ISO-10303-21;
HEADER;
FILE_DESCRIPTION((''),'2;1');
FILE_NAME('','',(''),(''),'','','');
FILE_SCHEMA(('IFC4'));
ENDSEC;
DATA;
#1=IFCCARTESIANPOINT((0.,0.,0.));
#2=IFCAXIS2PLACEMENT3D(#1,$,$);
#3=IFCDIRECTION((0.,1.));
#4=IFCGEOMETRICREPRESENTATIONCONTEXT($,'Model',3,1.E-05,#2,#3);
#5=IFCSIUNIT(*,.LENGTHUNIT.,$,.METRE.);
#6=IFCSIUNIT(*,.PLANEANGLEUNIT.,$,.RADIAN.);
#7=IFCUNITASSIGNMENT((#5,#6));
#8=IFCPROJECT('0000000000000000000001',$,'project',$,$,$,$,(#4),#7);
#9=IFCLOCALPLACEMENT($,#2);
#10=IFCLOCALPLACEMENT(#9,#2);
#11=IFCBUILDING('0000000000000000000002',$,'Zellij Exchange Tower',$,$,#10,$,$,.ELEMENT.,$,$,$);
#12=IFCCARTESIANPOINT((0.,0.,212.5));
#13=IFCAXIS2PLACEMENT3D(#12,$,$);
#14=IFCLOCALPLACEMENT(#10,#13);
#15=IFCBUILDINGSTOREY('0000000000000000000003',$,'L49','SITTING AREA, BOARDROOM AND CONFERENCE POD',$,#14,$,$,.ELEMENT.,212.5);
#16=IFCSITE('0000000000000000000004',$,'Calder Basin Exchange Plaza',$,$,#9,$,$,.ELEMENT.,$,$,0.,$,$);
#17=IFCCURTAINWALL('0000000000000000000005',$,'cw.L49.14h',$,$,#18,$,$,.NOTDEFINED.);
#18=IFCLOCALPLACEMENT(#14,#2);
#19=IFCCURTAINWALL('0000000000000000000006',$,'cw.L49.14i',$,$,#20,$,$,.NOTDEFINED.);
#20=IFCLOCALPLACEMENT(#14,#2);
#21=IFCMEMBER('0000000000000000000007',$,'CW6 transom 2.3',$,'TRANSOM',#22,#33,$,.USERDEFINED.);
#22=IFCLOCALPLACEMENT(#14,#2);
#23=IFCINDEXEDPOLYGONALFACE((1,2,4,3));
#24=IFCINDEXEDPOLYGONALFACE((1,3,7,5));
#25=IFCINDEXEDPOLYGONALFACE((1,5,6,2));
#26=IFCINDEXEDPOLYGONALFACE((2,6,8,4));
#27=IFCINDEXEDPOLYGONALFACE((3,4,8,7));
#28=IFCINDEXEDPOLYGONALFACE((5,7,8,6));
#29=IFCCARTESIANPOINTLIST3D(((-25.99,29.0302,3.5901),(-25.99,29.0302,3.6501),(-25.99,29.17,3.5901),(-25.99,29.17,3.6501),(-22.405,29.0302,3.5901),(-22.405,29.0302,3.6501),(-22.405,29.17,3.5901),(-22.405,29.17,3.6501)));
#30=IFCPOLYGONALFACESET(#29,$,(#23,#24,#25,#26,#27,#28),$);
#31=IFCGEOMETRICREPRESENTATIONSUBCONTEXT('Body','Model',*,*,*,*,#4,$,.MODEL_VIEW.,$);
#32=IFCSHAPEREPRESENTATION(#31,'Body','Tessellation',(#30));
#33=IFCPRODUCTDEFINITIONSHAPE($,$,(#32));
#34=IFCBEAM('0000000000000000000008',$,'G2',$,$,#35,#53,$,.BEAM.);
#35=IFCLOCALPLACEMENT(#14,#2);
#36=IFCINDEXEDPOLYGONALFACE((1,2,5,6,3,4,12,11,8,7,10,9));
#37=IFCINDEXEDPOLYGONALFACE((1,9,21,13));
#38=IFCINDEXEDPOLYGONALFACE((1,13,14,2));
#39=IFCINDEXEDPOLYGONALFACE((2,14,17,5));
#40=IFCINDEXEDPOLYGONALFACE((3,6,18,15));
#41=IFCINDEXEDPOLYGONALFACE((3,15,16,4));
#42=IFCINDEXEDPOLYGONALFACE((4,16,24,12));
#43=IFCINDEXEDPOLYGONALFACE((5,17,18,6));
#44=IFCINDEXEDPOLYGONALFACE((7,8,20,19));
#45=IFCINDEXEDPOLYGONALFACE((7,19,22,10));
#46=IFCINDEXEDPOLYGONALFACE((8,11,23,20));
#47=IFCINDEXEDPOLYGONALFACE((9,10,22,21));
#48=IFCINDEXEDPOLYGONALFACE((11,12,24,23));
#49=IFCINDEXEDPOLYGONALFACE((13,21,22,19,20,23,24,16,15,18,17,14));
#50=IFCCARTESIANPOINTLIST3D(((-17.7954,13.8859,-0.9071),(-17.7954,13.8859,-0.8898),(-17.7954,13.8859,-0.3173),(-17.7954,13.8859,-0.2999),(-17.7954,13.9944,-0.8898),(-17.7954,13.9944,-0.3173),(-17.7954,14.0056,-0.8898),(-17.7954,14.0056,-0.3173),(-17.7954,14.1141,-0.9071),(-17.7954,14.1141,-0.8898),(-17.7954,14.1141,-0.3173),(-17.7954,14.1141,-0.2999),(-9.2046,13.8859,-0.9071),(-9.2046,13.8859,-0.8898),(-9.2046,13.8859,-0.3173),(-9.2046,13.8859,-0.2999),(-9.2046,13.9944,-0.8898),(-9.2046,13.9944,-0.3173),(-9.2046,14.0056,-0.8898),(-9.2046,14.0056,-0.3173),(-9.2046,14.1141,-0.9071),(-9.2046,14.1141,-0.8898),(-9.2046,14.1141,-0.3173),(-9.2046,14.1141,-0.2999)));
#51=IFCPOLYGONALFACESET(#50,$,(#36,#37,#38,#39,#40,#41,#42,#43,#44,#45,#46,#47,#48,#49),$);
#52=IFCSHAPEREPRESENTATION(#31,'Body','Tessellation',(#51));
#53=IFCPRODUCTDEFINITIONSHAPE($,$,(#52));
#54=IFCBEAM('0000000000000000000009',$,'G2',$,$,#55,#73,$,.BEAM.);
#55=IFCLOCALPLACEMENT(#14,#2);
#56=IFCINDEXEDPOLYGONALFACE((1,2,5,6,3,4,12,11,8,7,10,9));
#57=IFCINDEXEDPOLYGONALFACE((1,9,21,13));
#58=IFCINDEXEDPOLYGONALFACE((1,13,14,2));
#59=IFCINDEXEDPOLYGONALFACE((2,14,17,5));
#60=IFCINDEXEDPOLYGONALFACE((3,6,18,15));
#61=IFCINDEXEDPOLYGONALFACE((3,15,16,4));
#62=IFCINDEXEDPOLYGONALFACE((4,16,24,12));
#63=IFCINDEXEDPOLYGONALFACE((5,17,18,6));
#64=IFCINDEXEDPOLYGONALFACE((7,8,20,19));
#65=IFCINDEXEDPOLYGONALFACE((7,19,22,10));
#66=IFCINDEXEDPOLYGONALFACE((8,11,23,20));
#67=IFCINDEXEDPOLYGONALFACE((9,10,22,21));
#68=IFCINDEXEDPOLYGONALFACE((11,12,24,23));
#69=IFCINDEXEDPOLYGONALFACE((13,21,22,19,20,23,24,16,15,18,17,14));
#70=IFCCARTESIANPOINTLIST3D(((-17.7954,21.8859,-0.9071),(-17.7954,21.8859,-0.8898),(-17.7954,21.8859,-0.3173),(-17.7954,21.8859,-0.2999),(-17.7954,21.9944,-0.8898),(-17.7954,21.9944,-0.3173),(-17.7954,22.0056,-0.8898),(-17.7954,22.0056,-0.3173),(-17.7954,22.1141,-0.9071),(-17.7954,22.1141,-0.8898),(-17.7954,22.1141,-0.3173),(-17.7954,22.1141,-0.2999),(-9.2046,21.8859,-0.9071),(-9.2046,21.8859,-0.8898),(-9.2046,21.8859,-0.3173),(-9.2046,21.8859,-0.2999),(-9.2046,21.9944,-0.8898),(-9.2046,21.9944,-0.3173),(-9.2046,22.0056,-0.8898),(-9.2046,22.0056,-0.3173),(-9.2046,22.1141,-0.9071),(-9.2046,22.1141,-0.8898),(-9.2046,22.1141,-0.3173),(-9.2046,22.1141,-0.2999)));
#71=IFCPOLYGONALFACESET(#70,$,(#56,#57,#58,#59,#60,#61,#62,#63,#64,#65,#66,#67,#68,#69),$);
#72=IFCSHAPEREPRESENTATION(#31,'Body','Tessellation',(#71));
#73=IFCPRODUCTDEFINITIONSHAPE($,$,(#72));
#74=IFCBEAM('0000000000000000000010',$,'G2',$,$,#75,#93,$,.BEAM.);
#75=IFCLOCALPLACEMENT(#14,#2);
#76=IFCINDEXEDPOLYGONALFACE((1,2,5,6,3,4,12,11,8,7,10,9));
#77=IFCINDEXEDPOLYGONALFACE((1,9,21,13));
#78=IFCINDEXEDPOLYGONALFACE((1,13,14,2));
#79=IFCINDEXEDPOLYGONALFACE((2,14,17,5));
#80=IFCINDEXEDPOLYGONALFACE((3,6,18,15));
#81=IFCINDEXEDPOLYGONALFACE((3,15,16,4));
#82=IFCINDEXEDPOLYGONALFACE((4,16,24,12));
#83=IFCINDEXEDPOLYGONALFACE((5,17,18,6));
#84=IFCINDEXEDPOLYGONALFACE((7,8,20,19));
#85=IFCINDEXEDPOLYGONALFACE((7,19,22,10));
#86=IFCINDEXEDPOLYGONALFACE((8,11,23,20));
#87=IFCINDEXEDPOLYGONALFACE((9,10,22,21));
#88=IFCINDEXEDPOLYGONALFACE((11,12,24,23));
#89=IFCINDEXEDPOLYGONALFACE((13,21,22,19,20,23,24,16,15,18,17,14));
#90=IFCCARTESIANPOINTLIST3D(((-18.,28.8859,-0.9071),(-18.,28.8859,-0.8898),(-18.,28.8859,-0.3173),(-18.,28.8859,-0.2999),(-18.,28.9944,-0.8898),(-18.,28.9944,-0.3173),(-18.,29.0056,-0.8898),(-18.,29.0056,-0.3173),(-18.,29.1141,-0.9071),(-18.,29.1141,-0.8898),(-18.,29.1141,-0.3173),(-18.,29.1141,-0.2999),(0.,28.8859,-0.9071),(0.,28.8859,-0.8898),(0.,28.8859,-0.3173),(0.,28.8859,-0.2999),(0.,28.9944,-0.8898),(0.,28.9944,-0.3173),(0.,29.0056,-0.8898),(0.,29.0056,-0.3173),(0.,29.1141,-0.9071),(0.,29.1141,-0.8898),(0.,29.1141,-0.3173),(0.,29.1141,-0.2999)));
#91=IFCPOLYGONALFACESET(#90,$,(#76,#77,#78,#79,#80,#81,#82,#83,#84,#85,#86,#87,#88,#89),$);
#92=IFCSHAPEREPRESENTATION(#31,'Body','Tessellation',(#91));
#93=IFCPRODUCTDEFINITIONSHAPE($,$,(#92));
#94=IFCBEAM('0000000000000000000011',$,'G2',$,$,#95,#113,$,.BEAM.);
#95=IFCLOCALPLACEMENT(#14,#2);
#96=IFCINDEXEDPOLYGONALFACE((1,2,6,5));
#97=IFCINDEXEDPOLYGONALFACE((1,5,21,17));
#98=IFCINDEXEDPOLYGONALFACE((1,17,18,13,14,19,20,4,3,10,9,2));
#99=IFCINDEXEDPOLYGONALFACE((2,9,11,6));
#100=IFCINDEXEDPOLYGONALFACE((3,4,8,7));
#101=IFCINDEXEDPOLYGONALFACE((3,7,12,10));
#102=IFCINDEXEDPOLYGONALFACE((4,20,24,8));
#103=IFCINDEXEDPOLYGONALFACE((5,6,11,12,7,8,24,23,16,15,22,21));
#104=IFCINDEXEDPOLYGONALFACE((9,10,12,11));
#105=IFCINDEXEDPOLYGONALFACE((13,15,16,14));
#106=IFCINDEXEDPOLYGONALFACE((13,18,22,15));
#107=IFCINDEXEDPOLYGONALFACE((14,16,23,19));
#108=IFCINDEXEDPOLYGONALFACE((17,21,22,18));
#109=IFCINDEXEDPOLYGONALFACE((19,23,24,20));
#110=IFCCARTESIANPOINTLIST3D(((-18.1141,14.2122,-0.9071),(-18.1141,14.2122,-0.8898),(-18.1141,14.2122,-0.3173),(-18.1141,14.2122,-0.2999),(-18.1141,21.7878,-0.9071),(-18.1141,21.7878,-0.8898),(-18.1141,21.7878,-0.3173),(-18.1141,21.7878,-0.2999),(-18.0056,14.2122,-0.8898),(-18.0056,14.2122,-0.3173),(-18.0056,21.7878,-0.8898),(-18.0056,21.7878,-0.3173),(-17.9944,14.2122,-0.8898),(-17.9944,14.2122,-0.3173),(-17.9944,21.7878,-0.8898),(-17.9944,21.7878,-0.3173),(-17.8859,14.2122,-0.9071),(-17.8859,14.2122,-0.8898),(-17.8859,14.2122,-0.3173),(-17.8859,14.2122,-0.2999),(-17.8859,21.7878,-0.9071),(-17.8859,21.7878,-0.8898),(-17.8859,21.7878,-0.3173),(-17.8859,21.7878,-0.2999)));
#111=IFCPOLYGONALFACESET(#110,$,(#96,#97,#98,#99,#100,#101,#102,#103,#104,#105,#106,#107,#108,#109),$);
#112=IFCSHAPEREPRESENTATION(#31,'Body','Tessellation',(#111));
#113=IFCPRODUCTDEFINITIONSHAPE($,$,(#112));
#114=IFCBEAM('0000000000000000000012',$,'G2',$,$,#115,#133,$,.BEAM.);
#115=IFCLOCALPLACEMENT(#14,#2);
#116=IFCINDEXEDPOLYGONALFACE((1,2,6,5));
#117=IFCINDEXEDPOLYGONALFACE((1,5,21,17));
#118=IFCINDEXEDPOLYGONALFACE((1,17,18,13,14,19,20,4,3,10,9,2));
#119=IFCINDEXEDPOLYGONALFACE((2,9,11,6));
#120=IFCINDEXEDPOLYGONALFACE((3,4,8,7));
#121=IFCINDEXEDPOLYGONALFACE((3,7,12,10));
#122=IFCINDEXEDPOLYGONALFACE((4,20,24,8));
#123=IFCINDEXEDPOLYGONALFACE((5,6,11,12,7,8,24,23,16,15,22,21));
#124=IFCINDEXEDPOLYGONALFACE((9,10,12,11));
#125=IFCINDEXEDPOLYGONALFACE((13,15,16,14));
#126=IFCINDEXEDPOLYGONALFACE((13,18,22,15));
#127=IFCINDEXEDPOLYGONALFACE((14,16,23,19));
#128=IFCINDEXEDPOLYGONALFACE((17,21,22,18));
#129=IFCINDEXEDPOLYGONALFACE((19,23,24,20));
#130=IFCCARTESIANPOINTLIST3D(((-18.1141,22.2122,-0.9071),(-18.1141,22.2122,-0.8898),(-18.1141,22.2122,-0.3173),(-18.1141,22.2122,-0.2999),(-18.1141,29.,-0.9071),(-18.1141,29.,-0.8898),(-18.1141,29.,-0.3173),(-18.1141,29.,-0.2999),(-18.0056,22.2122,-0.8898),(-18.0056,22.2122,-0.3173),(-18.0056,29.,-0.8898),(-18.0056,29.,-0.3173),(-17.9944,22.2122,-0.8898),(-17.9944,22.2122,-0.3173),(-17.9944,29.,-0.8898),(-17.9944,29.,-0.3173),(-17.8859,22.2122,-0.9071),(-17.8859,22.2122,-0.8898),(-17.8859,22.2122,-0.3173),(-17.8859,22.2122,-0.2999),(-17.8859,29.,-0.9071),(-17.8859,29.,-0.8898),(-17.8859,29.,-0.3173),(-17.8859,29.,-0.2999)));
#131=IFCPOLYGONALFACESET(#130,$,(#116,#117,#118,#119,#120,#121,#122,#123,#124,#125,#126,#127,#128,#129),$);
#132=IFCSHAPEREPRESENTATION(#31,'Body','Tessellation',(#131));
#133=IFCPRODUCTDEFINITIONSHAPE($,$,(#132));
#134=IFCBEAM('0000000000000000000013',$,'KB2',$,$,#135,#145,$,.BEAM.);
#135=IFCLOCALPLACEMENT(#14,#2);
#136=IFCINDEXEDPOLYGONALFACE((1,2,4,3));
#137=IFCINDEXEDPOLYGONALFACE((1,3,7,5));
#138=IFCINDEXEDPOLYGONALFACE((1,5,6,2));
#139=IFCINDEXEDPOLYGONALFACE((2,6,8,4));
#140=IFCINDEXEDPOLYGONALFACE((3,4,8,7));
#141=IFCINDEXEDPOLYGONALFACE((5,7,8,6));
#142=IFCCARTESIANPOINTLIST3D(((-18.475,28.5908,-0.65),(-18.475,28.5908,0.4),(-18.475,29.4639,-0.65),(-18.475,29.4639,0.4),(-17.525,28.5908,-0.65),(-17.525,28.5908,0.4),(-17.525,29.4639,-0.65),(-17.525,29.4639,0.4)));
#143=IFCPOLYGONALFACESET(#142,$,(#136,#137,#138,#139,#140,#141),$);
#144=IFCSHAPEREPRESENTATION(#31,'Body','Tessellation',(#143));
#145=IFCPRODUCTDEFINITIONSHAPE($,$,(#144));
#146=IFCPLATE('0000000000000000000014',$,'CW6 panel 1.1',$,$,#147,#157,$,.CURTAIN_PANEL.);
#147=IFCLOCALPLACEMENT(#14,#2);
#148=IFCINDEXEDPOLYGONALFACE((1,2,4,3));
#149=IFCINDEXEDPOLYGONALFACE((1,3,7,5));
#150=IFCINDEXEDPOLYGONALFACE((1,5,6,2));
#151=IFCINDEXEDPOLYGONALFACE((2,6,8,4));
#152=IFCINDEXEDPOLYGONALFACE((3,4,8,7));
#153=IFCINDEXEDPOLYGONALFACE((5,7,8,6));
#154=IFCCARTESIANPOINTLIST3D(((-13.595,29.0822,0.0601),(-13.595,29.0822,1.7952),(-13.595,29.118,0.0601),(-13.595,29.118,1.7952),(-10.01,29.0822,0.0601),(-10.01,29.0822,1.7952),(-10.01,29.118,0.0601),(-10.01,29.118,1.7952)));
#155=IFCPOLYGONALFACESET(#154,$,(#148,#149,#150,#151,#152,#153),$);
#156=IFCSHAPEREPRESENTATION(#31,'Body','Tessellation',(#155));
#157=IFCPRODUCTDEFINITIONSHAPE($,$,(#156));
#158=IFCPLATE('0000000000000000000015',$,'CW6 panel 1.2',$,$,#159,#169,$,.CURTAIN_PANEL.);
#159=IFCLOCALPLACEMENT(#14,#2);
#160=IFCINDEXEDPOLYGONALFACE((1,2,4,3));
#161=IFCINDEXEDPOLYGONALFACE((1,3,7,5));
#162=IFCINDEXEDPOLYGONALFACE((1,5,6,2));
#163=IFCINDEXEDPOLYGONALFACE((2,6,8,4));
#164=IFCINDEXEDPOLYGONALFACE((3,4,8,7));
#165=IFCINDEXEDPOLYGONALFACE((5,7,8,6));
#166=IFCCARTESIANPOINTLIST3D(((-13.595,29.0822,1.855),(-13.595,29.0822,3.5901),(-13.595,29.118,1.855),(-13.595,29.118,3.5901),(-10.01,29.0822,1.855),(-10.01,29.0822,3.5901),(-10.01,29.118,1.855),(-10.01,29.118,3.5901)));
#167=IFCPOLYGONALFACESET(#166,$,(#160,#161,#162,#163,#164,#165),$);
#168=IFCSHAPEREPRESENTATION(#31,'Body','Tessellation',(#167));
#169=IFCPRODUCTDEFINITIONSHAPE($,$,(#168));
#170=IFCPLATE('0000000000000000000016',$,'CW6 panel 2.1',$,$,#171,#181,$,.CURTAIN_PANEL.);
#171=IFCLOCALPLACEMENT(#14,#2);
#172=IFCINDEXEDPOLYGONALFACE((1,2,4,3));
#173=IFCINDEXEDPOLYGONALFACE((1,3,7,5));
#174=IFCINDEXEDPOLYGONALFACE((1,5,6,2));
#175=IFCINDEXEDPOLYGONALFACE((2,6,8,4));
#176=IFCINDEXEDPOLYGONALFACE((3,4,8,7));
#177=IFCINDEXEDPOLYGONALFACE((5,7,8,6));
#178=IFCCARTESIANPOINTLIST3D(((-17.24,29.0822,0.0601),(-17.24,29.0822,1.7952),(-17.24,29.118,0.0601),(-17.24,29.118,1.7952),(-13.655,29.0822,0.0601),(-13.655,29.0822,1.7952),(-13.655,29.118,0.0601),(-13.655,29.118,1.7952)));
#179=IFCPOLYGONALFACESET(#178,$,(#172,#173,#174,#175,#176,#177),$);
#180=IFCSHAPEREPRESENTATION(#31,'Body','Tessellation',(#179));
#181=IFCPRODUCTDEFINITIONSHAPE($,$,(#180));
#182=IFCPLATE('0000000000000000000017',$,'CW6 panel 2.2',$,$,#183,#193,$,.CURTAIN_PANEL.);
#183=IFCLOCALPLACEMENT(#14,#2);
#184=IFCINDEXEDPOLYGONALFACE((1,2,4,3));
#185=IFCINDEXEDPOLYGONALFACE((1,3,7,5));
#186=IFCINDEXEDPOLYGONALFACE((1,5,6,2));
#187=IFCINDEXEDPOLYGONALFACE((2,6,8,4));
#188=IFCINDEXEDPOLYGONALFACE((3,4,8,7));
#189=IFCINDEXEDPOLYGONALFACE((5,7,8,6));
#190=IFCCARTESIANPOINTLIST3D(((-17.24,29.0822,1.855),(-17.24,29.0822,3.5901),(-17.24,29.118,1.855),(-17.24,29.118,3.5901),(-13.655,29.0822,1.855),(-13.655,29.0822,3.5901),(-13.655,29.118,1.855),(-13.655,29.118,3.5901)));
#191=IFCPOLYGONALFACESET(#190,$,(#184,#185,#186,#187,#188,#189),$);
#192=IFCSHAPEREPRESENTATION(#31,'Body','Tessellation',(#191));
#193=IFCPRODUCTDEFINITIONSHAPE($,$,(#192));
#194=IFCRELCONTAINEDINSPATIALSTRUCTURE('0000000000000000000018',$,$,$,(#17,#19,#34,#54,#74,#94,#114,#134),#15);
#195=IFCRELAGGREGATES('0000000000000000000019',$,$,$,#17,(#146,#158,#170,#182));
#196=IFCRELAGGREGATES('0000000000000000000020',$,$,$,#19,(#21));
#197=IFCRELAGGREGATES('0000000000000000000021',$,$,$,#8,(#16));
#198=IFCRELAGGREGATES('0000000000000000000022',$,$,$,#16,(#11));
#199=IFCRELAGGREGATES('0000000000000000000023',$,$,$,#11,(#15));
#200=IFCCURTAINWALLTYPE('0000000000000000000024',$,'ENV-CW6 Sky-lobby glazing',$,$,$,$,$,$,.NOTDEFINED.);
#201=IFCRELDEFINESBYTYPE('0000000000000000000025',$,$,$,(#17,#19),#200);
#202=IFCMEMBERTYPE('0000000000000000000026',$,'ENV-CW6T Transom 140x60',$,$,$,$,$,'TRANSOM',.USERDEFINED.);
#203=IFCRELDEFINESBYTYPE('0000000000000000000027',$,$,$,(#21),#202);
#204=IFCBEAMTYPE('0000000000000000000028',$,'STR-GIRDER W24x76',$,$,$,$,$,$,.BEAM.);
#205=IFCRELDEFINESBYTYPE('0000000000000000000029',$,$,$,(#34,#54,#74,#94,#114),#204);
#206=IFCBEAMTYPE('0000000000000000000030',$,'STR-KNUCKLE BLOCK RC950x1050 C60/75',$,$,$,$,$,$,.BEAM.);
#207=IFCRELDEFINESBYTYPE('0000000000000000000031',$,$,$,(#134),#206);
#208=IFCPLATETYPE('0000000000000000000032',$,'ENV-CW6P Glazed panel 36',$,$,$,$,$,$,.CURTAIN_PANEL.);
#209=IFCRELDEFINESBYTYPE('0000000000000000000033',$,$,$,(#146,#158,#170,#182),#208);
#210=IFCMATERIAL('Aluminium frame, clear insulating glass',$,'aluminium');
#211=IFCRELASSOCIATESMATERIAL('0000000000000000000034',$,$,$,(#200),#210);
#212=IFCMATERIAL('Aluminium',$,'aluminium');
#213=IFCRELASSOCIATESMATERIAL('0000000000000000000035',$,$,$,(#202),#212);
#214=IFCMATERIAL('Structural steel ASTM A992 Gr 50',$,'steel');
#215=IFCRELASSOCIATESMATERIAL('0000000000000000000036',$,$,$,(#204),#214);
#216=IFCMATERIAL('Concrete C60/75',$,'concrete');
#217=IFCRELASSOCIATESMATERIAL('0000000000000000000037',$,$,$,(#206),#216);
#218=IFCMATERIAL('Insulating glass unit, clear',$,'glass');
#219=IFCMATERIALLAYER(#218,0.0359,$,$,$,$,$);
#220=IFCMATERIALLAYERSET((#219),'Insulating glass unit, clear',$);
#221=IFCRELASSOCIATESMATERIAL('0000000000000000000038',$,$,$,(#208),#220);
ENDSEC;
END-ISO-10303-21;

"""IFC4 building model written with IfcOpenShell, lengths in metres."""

from ifc_helpers import new_model, si_unit, direction, frame, origin, origin_2d, place, context, subcontext, project, spatial, rectangle, i_section, extrude, material, layer, layer_set, material_profile, profile_set, type_object, element, aggregate, save


model = new_model("IFC4")

# Units and contexts
model_context = context("Model", 3, precision=1e-05, world=origin(), true_north=direction((0.0, 1.0)))
body_context = subcontext(model_context, "Body", "Model", "MODEL_VIEW")
ifc_project = project(units=[si_unit("LENGTHUNIT", "METRE"), si_unit("PLANEANGLEUNIT", "RADIAN")], contexts=[model_context])

# Site, building, storey
site_placement = place(None, origin())
site = spatial("IfcSite", under=ifc_project, at=site_placement, Name="Calder Basin Exchange Plaza", CompositionType="ELEMENT", RefElevation=0.0)
building_placement = place(site_placement, origin())
building = spatial("IfcBuilding", under=site, at=building_placement, Name="Zellij Exchange Tower", CompositionType="ELEMENT")
storey_placement = place(building_placement, frame((0.0, 0.0, 212.5)))
storey = spatial("IfcBuildingStorey", under=building, at=storey_placement, Name="L49", Description="SITTING AREA, BOARDROOM AND CONFERENCE POD", CompositionType="ELEMENT", Elevation=212.5)

# Shared definitions
ifc_material_1 = material(Name="Concrete C60/75", Category="concrete")

# Curtain walls
ifc_material_2 = material(Name="Aluminium frame, clear insulating glass", Category="aluminium")
curtain_wall_type = type_object("IfcCurtainWallType", Name="ENV-CW6 Sky-lobby glazing", PredefinedType="NOTDEFINED", material=ifc_material_2)
curtain_wall_1_placement = place(storey_placement, origin())
curtain_wall_1 = element("IfcCurtainWall", 1, at=curtain_wall_1_placement, inside=storey, type_object=curtain_wall_type, Name="cw.L49.14h", PredefinedType="NOTDEFINED")
ifc_material_3 = material(Name="Aluminium", Category="aluminium")
curtain_wall_2_placement = place(storey_placement, origin())
curtain_wall_2 = element("IfcCurtainWall", 2, at=curtain_wall_2_placement, inside=storey, type_object=curtain_wall_type, Name="cw.L49.14i", PredefinedType="NOTDEFINED")

# Member
ifc_material_profile_1 = material_profile(ifc_material_3, rectangle(XDim=0.1399, YDim=0.0601, at=origin_2d()), Name="AL 140x60")
ifc_profile_set_1 = profile_set([ifc_material_profile_1], Name="Aluminium")
member_type_1 = type_object("IfcMemberType", Name="ENV-CW6T Transom 140x60", ElementType="TRANSOM", PredefinedType="USERDEFINED", material=ifc_profile_set_1)
member_1_placement = place(storey_placement, frame((-22.405, 29.1001, 3.6201), z_axis=(-1.0, 0.0, 0.0), x_axis=(0.0, -1.0, 0.0)))
member_1 = element("IfcMember", 3, at=member_1_placement, type_object=member_type_1, Name="CW6 transom 2.3", ObjectType="TRANSOM", PredefinedType="USERDEFINED", context=body_context, shape_type="SweptSolid", body=[
    extrude(rectangle(XDim=0.1399, YDim=0.0601, at=origin_2d()), origin(), (0.0, 0.0, 1.0), 3.585),
])

# Beams
ifc_material_4 = material(Name="Structural steel ASTM A992 Gr 50", Category="steel")
ifc_material_profile_2 = material_profile(ifc_material_4, i_section(OverallWidth=0.2283, OverallDepth=0.6072, WebThickness=0.0112, FlangeThickness=0.0173, at=origin_2d()), Name="W24x76")
ifc_profile_set_2 = profile_set([ifc_material_profile_2], Name="Structural steel ASTM A992 Gr 50")
beam_type_1 = type_object("IfcBeamType", Name="STR-GIRDER W24x76", PredefinedType="BEAM", material=ifc_profile_set_2)
for number, where, z_axis, x_axis, name in (
    (4, (-17.7954, 14.0, -0.6035), (1.0, 0.0, 0.0), (0.0, 1.0, 0.0), "G2"),
    (5, (-17.7954, 22.0, -0.6035), (1.0, 0.0, 0.0), (0.0, 1.0, 0.0), "G2"),
):
    element("IfcBeam", number, at=place(storey_placement, frame(where, z_axis=z_axis, x_axis=x_axis)), inside=storey, type_object=beam_type_1, Name=name, PredefinedType="BEAM", context=body_context, shape_type="SweptSolid", body=[
        extrude(i_section(OverallWidth=0.2283, OverallDepth=0.6072, WebThickness=0.0112, FlangeThickness=0.0173, at=origin_2d()), origin(), (0.0, 0.0, 1.0), 8.5908),
    ])
beam_1_placement = place(storey_placement, frame((-18.0, 29.0, -0.6035), z_axis=(1.0, 0.0, 0.0), x_axis=(0.0, 1.0, 0.0)))
element("IfcBeam", 6, at=beam_1_placement, inside=storey, type_object=beam_type_1, Name="G2", PredefinedType="BEAM", context=body_context, shape_type="SweptSolid", body=[
    extrude(i_section(OverallWidth=0.2283, OverallDepth=0.6072, WebThickness=0.0112, FlangeThickness=0.0173, at=origin_2d()), origin(), (0.0, 0.0, 1.0), 18.0),
])
beam_2_placement = place(storey_placement, frame((-18.0, 14.2122, -0.6035), z_axis=(0.0, 1.0, 0.0), x_axis=(-1.0, 0.0, 0.0)))
element("IfcBeam", 7, at=beam_2_placement, inside=storey, type_object=beam_type_1, Name="G2", PredefinedType="BEAM", context=body_context, shape_type="SweptSolid", body=[
    extrude(i_section(OverallWidth=0.2283, OverallDepth=0.6072, WebThickness=0.0112, FlangeThickness=0.0173, at=origin_2d()), origin(), (0.0, 0.0, 1.0), 7.5757),
])
beam_3_placement = place(storey_placement, frame((-18.0, 22.2122, -0.6035), z_axis=(0.0, 1.0, 0.0), x_axis=(-1.0, 0.0, 0.0)))
element("IfcBeam", 8, at=beam_3_placement, inside=storey, type_object=beam_type_1, Name="G2", PredefinedType="BEAM", context=body_context, shape_type="SweptSolid", body=[
    extrude(i_section(OverallWidth=0.2283, OverallDepth=0.6072, WebThickness=0.0112, FlangeThickness=0.0173, at=origin_2d()), origin(), (0.0, 0.0, 1.0), 6.7878),
])
ifc_material_profile_3 = material_profile(ifc_material_1, rectangle(XDim=0.95, YDim=1.05, at=origin_2d()), Name="STR-KNUCKLE BLOCK RC950x1050 C60/75")
ifc_profile_set_3 = profile_set([ifc_material_profile_3], Name="Concrete C60/75")
beam_type_2 = type_object("IfcBeamType", Name="STR-KNUCKLE BLOCK RC950x1050 C60/75", PredefinedType="BEAM", material=ifc_profile_set_3)
beam_4_placement = place(storey_placement, frame((-18.0, 28.5908, -0.125), z_axis=(0.0, 1.0, 0.0), x_axis=(-1.0, 0.0, 0.0)))
element("IfcBeam", 9, at=beam_4_placement, inside=storey, type_object=beam_type_2, Name="KB2", PredefinedType="BEAM", context=body_context, shape_type="SweptSolid", body=[
    extrude(rectangle(XDim=0.95, YDim=1.05, at=origin_2d()), origin(), (0.0, 0.0, 1.0), 0.873),
])

# Plates
ifc_material_5 = material(Name="Insulating glass unit, clear", Category="glass")
ifc_layer_1 = layer(ifc_material_5, 0.0359)
ifc_layer_set_1 = layer_set([ifc_layer_1], Name="Insulating glass unit, clear")
plate_type = type_object("IfcPlateType", Name="ENV-CW6P Glazed panel 36", PredefinedType="CURTAIN_PANEL", material=ifc_layer_set_1)
plate_1_placement = place(storey_placement, frame((-11.8025, 29.1001, 0.0601), z_axis=(0.0, 0.0, 1.0), x_axis=(-1.0, 0.0, 0.0)))
plate_1 = element("IfcPlate", 10, at=plate_1_placement, type_object=plate_type, Name="CW6 panel 1.1", PredefinedType="CURTAIN_PANEL", context=body_context, shape_type="SweptSolid", body=[
    extrude(rectangle(XDim=3.585, YDim=0.0359, at=origin_2d()), origin(), (0.0, 0.0, 1.0), 1.7351),
])
plate_2_placement = place(storey_placement, frame((-11.8025, 29.1001, 1.855), z_axis=(0.0, 0.0, 1.0), x_axis=(-1.0, 0.0, 0.0)))
plate_2 = element("IfcPlate", 11, at=plate_2_placement, type_object=plate_type, Name="CW6 panel 1.2", PredefinedType="CURTAIN_PANEL", context=body_context, shape_type="SweptSolid", body=[
    extrude(rectangle(XDim=3.585, YDim=0.0359, at=origin_2d()), origin(), (0.0, 0.0, 1.0), 1.7351),
])
plate_3_placement = place(storey_placement, frame((-15.4475, 29.1001, 0.0601), z_axis=(0.0, 0.0, 1.0), x_axis=(-1.0, 0.0, 0.0)))
plate_3 = element("IfcPlate", 12, at=plate_3_placement, type_object=plate_type, Name="CW6 panel 2.1", PredefinedType="CURTAIN_PANEL", context=body_context, shape_type="SweptSolid", body=[
    extrude(rectangle(XDim=3.585, YDim=0.0359, at=origin_2d()), origin(), (0.0, 0.0, 1.0), 1.7351),
])
plate_4_placement = place(storey_placement, frame((-15.4475, 29.1001, 1.855), z_axis=(0.0, 0.0, 1.0), x_axis=(-1.0, 0.0, 0.0)))
plate_4 = element("IfcPlate", 13, at=plate_4_placement, type_object=plate_type, Name="CW6 panel 2.2", PredefinedType="CURTAIN_PANEL", context=body_context, shape_type="SweptSolid", body=[
    extrude(rectangle(XDim=3.585, YDim=0.0359, at=origin_2d()), origin(), (0.0, 0.0, 1.0), 1.7351),
])
aggregate(curtain_wall_1, [plate_1, plate_2, plate_3, plate_4])
aggregate(curtain_wall_2, [member_1])

save(model, "model.ifc")
